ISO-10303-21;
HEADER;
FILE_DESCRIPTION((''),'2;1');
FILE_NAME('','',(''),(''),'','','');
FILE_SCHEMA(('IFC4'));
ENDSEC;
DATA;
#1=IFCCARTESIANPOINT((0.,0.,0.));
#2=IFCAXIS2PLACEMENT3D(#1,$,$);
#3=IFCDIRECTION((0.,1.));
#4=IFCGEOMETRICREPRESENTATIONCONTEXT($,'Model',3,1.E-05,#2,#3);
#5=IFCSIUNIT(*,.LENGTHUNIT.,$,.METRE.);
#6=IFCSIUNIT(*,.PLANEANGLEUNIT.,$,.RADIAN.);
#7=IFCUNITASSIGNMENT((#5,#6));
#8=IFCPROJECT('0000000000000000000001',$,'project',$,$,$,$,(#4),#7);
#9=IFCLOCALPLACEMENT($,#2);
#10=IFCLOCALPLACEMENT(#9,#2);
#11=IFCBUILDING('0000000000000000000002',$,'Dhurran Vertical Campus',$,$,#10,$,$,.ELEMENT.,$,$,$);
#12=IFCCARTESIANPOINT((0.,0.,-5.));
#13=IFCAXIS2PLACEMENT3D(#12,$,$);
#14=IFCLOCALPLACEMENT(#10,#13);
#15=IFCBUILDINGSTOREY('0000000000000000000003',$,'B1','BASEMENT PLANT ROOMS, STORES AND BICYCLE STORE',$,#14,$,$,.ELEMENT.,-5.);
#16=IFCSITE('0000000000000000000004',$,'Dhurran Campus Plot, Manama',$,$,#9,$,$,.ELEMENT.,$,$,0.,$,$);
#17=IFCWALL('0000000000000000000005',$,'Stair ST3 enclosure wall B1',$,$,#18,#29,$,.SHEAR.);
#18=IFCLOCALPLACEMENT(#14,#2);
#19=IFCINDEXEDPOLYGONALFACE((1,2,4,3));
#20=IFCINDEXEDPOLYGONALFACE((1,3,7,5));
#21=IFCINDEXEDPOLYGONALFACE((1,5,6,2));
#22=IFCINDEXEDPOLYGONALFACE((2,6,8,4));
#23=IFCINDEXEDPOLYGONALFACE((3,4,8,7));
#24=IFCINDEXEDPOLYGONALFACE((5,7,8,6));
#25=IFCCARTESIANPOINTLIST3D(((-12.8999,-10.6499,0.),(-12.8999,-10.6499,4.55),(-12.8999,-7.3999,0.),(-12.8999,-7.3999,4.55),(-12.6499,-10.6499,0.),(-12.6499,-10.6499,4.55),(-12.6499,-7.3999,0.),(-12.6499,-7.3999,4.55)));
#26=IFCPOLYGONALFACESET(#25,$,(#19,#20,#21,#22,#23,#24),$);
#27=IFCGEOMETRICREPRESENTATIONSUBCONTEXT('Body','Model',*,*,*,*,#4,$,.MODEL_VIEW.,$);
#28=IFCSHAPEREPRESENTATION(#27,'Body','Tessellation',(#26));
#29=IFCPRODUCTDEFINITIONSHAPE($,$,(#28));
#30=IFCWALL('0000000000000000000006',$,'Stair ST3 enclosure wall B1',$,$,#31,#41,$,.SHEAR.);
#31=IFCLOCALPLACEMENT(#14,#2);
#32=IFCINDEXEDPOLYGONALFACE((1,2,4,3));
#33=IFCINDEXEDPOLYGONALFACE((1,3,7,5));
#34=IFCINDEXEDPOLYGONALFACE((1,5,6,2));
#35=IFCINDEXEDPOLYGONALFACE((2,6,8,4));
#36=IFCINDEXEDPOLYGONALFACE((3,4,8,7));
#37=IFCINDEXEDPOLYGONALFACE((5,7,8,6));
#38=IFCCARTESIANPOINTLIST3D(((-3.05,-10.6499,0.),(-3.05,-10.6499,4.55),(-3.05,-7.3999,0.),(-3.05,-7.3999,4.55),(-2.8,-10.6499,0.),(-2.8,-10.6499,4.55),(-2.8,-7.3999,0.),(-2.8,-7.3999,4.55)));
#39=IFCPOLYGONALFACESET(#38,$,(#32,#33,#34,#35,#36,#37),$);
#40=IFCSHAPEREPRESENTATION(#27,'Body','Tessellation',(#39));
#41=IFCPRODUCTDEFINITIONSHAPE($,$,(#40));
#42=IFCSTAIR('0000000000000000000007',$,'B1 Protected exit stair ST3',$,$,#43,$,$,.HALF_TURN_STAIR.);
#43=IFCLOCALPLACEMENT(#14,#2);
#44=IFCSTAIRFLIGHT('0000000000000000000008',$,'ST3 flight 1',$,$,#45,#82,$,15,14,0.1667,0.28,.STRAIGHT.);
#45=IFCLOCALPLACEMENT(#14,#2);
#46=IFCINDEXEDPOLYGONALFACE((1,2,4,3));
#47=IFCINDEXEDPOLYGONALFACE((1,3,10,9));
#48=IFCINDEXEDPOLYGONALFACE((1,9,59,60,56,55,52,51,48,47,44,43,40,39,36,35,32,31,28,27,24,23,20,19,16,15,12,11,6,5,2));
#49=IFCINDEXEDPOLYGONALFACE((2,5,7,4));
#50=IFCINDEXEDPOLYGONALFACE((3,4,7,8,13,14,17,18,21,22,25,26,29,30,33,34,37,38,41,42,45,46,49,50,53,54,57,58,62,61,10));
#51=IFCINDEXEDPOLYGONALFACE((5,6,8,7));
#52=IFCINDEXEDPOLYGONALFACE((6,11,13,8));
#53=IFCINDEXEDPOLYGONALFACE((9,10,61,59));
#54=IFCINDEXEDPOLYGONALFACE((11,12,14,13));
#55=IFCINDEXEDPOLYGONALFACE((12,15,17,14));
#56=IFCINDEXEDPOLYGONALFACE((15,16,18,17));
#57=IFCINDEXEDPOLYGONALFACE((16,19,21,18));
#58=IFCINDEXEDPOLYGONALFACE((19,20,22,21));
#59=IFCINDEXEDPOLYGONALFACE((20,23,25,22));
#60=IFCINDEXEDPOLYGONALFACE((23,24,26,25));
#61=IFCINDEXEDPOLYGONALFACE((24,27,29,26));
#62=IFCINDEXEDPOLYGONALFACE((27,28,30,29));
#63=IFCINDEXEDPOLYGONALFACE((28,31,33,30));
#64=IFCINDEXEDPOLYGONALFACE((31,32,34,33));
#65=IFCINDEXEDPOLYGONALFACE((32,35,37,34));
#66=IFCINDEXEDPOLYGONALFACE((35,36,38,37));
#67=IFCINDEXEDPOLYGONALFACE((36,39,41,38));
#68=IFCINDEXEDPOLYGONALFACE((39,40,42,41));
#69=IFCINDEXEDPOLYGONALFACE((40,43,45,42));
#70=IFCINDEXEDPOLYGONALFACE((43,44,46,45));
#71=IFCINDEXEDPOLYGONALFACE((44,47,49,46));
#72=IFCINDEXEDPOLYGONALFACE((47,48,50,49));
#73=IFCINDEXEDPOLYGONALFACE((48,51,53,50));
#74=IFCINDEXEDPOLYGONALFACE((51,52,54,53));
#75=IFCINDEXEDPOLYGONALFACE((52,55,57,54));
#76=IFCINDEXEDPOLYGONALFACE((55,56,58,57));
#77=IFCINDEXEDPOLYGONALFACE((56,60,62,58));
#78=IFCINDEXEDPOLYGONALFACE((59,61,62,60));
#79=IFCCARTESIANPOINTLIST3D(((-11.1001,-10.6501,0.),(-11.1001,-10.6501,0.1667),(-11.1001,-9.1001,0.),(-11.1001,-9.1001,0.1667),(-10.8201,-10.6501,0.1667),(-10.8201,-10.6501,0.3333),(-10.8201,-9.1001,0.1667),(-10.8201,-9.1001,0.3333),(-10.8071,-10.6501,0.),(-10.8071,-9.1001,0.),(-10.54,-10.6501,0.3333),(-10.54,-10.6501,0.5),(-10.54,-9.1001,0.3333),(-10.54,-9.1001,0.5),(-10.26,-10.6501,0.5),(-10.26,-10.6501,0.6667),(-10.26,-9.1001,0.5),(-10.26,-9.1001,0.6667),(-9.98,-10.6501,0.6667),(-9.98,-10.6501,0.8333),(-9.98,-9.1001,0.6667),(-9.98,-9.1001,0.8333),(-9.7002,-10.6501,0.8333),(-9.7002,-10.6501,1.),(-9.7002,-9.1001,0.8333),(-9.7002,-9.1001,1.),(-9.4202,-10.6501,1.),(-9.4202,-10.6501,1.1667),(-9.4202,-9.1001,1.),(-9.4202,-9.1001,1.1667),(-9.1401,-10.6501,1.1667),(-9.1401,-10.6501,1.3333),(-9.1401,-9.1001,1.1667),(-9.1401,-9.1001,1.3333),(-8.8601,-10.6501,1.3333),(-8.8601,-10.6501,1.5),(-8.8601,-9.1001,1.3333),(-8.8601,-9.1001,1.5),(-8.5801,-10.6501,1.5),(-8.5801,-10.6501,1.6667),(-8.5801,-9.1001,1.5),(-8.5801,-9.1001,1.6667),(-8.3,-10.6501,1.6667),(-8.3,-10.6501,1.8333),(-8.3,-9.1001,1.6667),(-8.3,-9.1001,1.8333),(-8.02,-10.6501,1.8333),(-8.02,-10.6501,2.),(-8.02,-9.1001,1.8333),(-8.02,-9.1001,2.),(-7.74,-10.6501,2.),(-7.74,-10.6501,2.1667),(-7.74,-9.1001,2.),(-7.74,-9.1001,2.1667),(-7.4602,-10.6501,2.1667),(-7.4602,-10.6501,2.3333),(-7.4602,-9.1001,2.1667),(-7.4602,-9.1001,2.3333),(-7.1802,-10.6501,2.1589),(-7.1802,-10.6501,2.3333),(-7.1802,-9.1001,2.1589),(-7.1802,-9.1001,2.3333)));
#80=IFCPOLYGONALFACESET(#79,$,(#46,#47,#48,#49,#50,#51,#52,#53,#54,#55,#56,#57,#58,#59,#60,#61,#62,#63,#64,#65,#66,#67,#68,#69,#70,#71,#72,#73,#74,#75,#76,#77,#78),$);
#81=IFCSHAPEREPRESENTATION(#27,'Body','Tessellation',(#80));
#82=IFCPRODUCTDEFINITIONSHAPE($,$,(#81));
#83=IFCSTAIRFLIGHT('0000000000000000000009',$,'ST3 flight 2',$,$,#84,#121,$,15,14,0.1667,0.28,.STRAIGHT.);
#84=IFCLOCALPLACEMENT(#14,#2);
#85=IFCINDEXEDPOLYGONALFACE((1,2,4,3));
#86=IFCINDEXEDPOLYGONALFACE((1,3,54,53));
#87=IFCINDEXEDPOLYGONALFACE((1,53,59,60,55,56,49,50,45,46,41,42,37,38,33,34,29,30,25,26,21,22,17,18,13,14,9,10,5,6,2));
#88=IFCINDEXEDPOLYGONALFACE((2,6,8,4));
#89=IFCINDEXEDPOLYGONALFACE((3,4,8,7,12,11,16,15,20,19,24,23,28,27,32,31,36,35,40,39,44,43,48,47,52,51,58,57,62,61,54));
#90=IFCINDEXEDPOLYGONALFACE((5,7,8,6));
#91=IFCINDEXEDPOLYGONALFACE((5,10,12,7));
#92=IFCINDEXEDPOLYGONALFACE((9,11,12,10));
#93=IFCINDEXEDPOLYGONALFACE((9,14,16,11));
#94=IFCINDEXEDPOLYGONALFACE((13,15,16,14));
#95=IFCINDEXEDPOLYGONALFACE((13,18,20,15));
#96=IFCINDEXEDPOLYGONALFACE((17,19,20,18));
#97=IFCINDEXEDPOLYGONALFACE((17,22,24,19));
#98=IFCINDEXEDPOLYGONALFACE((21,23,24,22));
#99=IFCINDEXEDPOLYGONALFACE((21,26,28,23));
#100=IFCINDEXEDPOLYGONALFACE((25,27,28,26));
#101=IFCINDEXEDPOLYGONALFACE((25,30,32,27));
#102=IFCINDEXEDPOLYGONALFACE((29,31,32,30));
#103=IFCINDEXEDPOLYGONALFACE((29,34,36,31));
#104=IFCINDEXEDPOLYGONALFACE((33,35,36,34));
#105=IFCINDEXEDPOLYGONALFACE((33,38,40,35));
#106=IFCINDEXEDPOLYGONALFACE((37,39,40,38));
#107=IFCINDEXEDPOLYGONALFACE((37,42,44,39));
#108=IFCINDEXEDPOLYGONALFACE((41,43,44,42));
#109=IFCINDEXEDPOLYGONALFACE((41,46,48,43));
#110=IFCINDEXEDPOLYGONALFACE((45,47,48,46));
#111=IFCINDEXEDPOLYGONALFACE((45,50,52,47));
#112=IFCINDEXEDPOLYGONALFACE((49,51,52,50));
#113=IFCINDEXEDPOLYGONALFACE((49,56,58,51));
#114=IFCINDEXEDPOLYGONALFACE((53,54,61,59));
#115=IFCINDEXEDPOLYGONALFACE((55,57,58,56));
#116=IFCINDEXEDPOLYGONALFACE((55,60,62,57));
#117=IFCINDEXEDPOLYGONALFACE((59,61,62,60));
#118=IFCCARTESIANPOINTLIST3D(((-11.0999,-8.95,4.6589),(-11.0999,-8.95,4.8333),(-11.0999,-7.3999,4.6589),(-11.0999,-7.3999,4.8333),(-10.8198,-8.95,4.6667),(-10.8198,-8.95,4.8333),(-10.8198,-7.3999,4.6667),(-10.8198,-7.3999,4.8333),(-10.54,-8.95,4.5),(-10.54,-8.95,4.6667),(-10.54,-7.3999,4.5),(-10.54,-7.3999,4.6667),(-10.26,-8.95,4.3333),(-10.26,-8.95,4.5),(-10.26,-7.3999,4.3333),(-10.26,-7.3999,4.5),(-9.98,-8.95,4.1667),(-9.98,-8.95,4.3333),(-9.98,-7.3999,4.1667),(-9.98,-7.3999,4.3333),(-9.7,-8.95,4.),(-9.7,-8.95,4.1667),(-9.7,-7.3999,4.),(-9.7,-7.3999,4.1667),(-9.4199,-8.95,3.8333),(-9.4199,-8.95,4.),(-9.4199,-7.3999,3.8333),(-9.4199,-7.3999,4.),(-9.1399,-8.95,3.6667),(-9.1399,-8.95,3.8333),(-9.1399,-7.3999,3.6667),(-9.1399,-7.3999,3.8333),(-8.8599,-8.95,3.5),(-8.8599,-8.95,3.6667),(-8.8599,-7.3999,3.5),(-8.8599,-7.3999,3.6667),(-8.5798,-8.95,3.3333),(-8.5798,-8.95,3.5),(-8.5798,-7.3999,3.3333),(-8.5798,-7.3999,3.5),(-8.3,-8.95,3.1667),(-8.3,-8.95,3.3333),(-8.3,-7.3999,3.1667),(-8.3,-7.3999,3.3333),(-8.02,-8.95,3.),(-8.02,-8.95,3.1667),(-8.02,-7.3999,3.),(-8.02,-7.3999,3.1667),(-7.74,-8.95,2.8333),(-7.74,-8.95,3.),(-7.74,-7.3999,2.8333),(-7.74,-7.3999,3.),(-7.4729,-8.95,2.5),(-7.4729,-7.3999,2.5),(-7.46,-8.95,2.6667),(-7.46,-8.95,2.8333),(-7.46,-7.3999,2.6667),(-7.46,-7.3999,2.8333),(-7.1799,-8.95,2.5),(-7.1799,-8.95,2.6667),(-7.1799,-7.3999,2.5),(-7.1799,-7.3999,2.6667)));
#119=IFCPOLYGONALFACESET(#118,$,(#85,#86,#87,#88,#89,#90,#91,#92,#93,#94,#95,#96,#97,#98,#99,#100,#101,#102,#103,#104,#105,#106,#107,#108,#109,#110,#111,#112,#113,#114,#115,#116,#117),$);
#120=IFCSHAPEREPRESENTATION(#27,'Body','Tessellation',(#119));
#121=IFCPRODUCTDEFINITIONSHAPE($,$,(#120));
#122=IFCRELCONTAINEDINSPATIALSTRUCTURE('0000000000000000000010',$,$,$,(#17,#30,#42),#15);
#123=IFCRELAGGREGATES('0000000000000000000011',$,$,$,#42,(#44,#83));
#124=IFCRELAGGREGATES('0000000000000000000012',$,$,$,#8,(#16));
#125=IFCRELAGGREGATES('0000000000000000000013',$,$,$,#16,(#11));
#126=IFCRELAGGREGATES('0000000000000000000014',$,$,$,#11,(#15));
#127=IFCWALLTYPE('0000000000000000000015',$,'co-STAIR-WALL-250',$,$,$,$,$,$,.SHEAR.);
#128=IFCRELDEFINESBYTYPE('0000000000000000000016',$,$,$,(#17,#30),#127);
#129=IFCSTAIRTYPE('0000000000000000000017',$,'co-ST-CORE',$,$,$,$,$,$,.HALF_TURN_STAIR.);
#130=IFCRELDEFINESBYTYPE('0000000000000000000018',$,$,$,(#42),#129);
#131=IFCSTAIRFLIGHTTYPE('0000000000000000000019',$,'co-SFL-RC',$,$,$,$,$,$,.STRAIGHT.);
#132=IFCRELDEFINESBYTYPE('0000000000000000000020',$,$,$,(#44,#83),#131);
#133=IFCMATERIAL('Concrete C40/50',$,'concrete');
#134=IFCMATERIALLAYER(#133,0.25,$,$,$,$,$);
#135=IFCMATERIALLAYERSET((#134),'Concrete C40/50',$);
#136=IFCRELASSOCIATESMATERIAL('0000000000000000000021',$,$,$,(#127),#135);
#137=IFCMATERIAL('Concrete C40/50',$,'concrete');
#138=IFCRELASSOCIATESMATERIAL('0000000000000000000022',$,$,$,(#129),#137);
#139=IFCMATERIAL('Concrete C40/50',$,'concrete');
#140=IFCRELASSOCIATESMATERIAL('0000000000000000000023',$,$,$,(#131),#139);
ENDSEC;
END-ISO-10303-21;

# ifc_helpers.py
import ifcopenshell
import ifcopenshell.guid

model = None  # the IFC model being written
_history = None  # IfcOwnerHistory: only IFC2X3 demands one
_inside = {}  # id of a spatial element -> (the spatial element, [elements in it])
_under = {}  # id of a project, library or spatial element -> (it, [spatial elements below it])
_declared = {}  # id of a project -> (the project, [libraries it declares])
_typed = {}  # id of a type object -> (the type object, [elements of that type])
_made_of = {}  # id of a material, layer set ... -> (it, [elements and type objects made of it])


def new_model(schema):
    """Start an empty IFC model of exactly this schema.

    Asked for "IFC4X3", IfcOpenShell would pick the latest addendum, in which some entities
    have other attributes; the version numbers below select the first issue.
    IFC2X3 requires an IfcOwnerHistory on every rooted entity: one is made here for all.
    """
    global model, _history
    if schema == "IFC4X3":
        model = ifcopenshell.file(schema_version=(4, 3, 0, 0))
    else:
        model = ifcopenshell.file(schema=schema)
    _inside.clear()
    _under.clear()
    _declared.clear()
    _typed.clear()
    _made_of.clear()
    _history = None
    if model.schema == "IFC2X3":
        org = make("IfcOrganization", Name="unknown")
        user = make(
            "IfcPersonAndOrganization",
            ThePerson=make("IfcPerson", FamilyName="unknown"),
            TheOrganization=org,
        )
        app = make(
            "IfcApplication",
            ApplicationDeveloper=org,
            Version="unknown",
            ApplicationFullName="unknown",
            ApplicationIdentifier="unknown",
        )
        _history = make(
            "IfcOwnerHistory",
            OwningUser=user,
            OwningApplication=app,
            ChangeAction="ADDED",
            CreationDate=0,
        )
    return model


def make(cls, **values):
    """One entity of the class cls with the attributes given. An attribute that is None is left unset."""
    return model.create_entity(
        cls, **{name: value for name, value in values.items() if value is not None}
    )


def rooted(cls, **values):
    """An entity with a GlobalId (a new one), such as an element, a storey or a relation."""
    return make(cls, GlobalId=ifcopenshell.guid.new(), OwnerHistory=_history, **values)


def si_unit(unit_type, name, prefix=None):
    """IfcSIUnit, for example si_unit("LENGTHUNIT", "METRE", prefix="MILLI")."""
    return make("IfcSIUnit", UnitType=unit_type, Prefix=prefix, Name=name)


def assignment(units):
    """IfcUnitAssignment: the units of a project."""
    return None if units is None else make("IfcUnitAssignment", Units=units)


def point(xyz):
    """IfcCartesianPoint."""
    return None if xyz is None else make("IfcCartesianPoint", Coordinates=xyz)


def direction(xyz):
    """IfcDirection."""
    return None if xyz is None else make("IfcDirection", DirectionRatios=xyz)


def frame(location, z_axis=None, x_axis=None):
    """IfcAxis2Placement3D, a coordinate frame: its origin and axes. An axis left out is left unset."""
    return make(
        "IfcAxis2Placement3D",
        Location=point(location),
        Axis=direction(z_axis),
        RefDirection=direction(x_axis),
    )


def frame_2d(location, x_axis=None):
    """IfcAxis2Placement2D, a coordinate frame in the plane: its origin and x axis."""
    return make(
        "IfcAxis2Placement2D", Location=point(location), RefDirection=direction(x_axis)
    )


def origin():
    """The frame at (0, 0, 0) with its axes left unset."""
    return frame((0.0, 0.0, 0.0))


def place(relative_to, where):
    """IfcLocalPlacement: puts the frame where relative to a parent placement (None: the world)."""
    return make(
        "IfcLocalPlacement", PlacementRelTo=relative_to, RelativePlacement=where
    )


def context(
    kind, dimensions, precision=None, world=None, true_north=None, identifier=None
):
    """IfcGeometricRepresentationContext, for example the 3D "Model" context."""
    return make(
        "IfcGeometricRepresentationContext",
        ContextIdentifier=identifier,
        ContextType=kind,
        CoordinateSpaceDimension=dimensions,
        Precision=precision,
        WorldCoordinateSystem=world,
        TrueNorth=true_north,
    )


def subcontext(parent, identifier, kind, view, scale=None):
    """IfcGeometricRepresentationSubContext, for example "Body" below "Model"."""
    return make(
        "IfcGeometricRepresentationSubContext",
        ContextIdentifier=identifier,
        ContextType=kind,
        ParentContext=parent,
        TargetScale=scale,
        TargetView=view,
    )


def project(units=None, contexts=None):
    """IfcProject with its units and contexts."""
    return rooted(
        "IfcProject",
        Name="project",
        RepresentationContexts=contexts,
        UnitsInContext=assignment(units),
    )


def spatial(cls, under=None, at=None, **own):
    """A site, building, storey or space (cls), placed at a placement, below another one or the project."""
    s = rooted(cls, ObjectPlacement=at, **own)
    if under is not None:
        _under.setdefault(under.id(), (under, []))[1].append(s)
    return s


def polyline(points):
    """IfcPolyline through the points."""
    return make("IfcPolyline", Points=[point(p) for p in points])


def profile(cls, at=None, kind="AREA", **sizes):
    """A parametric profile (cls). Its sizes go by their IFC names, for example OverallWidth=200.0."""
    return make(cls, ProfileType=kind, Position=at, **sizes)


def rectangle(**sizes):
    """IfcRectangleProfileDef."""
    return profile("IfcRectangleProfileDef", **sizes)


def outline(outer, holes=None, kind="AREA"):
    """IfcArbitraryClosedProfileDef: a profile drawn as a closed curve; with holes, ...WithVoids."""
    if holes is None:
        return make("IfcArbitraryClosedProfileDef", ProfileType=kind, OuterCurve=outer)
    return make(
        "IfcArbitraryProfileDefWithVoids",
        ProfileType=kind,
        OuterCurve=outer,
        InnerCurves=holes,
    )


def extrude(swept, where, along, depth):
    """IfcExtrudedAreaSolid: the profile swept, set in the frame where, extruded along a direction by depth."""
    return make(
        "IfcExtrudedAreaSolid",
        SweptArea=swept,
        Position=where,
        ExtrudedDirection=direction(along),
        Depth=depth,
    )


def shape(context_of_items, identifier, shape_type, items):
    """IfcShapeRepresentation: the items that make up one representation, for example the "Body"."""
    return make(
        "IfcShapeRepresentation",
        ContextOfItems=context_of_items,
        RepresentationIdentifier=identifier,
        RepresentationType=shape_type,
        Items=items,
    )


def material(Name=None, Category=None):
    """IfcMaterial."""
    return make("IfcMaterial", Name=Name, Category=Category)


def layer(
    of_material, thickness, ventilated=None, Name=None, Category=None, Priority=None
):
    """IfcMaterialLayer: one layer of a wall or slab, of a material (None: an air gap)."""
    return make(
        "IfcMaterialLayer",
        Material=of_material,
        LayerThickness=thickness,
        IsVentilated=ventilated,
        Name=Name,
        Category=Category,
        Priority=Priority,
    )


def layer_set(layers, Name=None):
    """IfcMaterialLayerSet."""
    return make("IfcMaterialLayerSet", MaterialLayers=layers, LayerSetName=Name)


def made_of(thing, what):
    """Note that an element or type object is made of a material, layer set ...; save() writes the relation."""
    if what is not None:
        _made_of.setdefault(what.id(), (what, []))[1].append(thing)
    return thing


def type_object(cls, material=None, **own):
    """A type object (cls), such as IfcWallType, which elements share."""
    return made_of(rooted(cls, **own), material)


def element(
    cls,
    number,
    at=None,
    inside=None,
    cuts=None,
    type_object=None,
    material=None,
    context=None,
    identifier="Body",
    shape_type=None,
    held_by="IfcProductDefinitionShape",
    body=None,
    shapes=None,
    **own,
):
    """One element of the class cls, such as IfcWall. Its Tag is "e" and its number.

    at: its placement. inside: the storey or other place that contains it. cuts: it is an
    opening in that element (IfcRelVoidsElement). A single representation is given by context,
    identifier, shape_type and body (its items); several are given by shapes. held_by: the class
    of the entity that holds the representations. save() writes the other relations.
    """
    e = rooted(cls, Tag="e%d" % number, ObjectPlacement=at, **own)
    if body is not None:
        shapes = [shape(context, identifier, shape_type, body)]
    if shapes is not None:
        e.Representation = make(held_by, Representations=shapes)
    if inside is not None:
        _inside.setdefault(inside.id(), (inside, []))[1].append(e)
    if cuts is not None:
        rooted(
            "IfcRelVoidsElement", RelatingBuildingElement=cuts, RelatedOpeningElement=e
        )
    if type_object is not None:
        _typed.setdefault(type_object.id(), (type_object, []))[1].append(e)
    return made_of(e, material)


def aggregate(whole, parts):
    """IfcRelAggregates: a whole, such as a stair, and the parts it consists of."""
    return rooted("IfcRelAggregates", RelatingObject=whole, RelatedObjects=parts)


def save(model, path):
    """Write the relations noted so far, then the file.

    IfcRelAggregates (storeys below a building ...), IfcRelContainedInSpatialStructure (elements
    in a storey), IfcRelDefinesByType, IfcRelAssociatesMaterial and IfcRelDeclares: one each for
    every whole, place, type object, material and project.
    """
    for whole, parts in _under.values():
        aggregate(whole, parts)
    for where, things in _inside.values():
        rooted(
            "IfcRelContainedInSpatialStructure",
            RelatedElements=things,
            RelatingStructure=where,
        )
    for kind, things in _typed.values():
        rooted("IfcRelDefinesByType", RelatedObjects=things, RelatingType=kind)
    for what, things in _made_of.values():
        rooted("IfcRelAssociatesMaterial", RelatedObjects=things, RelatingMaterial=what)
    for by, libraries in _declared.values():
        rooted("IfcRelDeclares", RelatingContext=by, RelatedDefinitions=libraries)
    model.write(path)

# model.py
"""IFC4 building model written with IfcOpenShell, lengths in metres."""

from ifc_helpers import new_model, si_unit, direction, frame, frame_2d, origin, place, context, subcontext, project, spatial, polyline, rectangle, outline, extrude, material, layer, layer_set, type_object, element, aggregate, save


model = new_model("IFC4")

# Units and contexts
model_context = context("Model", 3, precision=1e-05, world=origin(), true_north=direction((0.0, 1.0)))
body_context = subcontext(model_context, "Body", "Model", "MODEL_VIEW")
ifc_project = project(units=[si_unit("LENGTHUNIT", "METRE"), si_unit("PLANEANGLEUNIT", "RADIAN")], contexts=[model_context])

# Site, building, storey
site_placement = place(None, origin())
site = spatial("IfcSite", under=ifc_project, at=site_placement, Name="Dhurran Campus Plot, Manama", CompositionType="ELEMENT", RefElevation=0.0)
building_placement = place(site_placement, origin())
building = spatial("IfcBuilding", under=site, at=building_placement, Name="Dhurran Vertical Campus", CompositionType="ELEMENT")
storey_placement = place(building_placement, frame((0.0, 0.0, -5.0)))
storey = spatial("IfcBuildingStorey", under=building, at=storey_placement, Name="B1", Description="BASEMENT PLANT ROOMS, STORES AND BICYCLE STORE", CompositionType="ELEMENT", Elevation=-5.0)

# Walls
ifc_material_1 = material(Name="Concrete C40/50", Category="concrete")
ifc_layer_1 = layer(ifc_material_1, 0.25)
ifc_layer_set_1 = layer_set([ifc_layer_1], Name="Concrete C40/50")
wall_type_1 = type_object("IfcWallType", Name="co-STAIR-WALL-250", PredefinedType="SHEAR", material=ifc_layer_set_1)
for number, where, z_axis, x_axis, name in (
    (1, (-12.7749, -10.6499, 0.0), (0.0, 0.0, 1.0), (0.0, 1.0, 0.0), "Stair ST3 enclosure wall B1"),
    (2, (-2.925, -10.6499, 0.0), (0.0, 0.0, 1.0), (0.0, 1.0, 0.0), "Stair ST3 enclosure wall B1"),
):
    element("IfcWall", number, at=place(storey_placement, frame(where, z_axis=z_axis, x_axis=x_axis)), inside=storey, type_object=wall_type_1, Name=name, PredefinedType="SHEAR", context=body_context, shape_type="SweptSolid", body=[
        extrude(rectangle(XDim=3.25, YDim=0.25, at=frame_2d((1.625, 0.0))), origin(), (0.0, 0.0, 1.0), 4.55),
    ])

# Stair, stair flights
ifc_material_2 = material(Name="Concrete C40/50", Category="concrete")
stair_type = type_object("IfcStairType", Name="co-ST-CORE", PredefinedType="HALF_TURN_STAIR", material=ifc_material_2)
stair_placement = place(storey_placement, origin())
stair = element("IfcStair", 3, at=stair_placement, inside=storey, type_object=stair_type, Name="B1 Protected exit stair ST3", PredefinedType="HALF_TURN_STAIR")
ifc_material_3 = material(Name="Concrete C40/50", Category="concrete")
stair_flight_type = type_object("IfcStairFlightType", Name="co-SFL-RC", PredefinedType="STRAIGHT", material=ifc_material_3)
stair_flight_1_placement = place(storey_placement, frame((-11.1001, -9.875, 0.0), z_axis=(0.0, 0.0, 1.0), x_axis=(1.0, 0.0, 0.0)))
stair_flight_1 = element("IfcStairFlight", 4, at=stair_flight_1_placement, type_object=stair_flight_type, Name="ST3 flight 1", NumberOfRisers=15, NumberOfTreads=14, PredefinedType="STRAIGHT", RiserHeight=0.1667, TreadLength=0.28, context=body_context, shape_type="SweptSolid", body=[
    extrude(outline(polyline([(0.0, 0.0), (0.0, 0.1667), (0.28, 0.1667), (0.28, 0.3333), (0.5601, 0.3333), (0.5601, 0.5), (0.8401, 0.5), (0.8401, 0.6667), (1.1201, 0.6667), (1.1201, 0.8333), (1.3999, 0.8333), (1.3999, 1.0), (1.6799, 1.0), (1.6799, 1.1667), (1.96, 1.1667), (1.96, 1.3333), (2.24, 1.3333), (2.24, 1.5), (2.52, 1.5), (2.52, 1.6667), (2.8, 1.6667), (2.8, 1.8333), (3.0801, 1.8333), (3.0801, 2.0), (3.3601, 2.0), (3.3601, 2.1667), (3.6399, 2.1667), (3.6399, 2.3333), (3.9199, 2.3333), (3.9199, 2.5), (3.9199, 2.1589), (0.293, 0.0), (0.0, 0.0)])), frame((0.0, 0.7749, 0.0), z_axis=(0.0, -1.0, 0.0), x_axis=(1.0, 0.0, 0.0)), (0.0, 0.0, 1.0), 1.55),
])
stair_flight_2_placement = place(storey_placement, frame((-7.1799, -8.175, 2.5), z_axis=(0.0, 0.0, 1.0), x_axis=(-1.0, 0.0, 0.0)))
stair_flight_2 = element("IfcStairFlight", 5, at=stair_flight_2_placement, type_object=stair_flight_type, Name="ST3 flight 2", NumberOfRisers=15, NumberOfTreads=14, PredefinedType="STRAIGHT", RiserHeight=0.1667, TreadLength=0.28, context=body_context, shape_type="SweptSolid", body=[
    extrude(outline(polyline([(0.0, 0.0), (0.0, 0.1667), (0.28, 0.1667), (0.28, 0.3333), (0.5601, 0.3333), (0.5601, 0.5), (0.8401, 0.5), (0.8401, 0.6667), (1.1201, 0.6667), (1.1201, 0.8333), (1.3999, 0.8333), (1.3999, 1.0), (1.6799, 1.0), (1.6799, 1.1667), (1.96, 1.1667), (1.96, 1.3333), (2.24, 1.3333), (2.24, 1.5), (2.52, 1.5), (2.52, 1.6667), (2.8, 1.6667), (2.8, 1.8333), (3.0801, 1.8333), (3.0801, 2.0), (3.3601, 2.0), (3.3601, 2.1667), (3.6399, 2.1667), (3.6399, 2.3333), (3.9199, 2.3333), (3.9199, 2.5), (3.9199, 2.1589), (0.293, 0.0), (0.0, 0.0)])), frame((0.0, 0.7749, 0.0), z_axis=(0.0, -1.0, 0.0), x_axis=(1.0, 0.0, 0.0)), (0.0, 0.0, 1.0), 1.55),
])
aggregate(stair, [stair_flight_1, stair_flight_2])

save(model, "model.ifc")
